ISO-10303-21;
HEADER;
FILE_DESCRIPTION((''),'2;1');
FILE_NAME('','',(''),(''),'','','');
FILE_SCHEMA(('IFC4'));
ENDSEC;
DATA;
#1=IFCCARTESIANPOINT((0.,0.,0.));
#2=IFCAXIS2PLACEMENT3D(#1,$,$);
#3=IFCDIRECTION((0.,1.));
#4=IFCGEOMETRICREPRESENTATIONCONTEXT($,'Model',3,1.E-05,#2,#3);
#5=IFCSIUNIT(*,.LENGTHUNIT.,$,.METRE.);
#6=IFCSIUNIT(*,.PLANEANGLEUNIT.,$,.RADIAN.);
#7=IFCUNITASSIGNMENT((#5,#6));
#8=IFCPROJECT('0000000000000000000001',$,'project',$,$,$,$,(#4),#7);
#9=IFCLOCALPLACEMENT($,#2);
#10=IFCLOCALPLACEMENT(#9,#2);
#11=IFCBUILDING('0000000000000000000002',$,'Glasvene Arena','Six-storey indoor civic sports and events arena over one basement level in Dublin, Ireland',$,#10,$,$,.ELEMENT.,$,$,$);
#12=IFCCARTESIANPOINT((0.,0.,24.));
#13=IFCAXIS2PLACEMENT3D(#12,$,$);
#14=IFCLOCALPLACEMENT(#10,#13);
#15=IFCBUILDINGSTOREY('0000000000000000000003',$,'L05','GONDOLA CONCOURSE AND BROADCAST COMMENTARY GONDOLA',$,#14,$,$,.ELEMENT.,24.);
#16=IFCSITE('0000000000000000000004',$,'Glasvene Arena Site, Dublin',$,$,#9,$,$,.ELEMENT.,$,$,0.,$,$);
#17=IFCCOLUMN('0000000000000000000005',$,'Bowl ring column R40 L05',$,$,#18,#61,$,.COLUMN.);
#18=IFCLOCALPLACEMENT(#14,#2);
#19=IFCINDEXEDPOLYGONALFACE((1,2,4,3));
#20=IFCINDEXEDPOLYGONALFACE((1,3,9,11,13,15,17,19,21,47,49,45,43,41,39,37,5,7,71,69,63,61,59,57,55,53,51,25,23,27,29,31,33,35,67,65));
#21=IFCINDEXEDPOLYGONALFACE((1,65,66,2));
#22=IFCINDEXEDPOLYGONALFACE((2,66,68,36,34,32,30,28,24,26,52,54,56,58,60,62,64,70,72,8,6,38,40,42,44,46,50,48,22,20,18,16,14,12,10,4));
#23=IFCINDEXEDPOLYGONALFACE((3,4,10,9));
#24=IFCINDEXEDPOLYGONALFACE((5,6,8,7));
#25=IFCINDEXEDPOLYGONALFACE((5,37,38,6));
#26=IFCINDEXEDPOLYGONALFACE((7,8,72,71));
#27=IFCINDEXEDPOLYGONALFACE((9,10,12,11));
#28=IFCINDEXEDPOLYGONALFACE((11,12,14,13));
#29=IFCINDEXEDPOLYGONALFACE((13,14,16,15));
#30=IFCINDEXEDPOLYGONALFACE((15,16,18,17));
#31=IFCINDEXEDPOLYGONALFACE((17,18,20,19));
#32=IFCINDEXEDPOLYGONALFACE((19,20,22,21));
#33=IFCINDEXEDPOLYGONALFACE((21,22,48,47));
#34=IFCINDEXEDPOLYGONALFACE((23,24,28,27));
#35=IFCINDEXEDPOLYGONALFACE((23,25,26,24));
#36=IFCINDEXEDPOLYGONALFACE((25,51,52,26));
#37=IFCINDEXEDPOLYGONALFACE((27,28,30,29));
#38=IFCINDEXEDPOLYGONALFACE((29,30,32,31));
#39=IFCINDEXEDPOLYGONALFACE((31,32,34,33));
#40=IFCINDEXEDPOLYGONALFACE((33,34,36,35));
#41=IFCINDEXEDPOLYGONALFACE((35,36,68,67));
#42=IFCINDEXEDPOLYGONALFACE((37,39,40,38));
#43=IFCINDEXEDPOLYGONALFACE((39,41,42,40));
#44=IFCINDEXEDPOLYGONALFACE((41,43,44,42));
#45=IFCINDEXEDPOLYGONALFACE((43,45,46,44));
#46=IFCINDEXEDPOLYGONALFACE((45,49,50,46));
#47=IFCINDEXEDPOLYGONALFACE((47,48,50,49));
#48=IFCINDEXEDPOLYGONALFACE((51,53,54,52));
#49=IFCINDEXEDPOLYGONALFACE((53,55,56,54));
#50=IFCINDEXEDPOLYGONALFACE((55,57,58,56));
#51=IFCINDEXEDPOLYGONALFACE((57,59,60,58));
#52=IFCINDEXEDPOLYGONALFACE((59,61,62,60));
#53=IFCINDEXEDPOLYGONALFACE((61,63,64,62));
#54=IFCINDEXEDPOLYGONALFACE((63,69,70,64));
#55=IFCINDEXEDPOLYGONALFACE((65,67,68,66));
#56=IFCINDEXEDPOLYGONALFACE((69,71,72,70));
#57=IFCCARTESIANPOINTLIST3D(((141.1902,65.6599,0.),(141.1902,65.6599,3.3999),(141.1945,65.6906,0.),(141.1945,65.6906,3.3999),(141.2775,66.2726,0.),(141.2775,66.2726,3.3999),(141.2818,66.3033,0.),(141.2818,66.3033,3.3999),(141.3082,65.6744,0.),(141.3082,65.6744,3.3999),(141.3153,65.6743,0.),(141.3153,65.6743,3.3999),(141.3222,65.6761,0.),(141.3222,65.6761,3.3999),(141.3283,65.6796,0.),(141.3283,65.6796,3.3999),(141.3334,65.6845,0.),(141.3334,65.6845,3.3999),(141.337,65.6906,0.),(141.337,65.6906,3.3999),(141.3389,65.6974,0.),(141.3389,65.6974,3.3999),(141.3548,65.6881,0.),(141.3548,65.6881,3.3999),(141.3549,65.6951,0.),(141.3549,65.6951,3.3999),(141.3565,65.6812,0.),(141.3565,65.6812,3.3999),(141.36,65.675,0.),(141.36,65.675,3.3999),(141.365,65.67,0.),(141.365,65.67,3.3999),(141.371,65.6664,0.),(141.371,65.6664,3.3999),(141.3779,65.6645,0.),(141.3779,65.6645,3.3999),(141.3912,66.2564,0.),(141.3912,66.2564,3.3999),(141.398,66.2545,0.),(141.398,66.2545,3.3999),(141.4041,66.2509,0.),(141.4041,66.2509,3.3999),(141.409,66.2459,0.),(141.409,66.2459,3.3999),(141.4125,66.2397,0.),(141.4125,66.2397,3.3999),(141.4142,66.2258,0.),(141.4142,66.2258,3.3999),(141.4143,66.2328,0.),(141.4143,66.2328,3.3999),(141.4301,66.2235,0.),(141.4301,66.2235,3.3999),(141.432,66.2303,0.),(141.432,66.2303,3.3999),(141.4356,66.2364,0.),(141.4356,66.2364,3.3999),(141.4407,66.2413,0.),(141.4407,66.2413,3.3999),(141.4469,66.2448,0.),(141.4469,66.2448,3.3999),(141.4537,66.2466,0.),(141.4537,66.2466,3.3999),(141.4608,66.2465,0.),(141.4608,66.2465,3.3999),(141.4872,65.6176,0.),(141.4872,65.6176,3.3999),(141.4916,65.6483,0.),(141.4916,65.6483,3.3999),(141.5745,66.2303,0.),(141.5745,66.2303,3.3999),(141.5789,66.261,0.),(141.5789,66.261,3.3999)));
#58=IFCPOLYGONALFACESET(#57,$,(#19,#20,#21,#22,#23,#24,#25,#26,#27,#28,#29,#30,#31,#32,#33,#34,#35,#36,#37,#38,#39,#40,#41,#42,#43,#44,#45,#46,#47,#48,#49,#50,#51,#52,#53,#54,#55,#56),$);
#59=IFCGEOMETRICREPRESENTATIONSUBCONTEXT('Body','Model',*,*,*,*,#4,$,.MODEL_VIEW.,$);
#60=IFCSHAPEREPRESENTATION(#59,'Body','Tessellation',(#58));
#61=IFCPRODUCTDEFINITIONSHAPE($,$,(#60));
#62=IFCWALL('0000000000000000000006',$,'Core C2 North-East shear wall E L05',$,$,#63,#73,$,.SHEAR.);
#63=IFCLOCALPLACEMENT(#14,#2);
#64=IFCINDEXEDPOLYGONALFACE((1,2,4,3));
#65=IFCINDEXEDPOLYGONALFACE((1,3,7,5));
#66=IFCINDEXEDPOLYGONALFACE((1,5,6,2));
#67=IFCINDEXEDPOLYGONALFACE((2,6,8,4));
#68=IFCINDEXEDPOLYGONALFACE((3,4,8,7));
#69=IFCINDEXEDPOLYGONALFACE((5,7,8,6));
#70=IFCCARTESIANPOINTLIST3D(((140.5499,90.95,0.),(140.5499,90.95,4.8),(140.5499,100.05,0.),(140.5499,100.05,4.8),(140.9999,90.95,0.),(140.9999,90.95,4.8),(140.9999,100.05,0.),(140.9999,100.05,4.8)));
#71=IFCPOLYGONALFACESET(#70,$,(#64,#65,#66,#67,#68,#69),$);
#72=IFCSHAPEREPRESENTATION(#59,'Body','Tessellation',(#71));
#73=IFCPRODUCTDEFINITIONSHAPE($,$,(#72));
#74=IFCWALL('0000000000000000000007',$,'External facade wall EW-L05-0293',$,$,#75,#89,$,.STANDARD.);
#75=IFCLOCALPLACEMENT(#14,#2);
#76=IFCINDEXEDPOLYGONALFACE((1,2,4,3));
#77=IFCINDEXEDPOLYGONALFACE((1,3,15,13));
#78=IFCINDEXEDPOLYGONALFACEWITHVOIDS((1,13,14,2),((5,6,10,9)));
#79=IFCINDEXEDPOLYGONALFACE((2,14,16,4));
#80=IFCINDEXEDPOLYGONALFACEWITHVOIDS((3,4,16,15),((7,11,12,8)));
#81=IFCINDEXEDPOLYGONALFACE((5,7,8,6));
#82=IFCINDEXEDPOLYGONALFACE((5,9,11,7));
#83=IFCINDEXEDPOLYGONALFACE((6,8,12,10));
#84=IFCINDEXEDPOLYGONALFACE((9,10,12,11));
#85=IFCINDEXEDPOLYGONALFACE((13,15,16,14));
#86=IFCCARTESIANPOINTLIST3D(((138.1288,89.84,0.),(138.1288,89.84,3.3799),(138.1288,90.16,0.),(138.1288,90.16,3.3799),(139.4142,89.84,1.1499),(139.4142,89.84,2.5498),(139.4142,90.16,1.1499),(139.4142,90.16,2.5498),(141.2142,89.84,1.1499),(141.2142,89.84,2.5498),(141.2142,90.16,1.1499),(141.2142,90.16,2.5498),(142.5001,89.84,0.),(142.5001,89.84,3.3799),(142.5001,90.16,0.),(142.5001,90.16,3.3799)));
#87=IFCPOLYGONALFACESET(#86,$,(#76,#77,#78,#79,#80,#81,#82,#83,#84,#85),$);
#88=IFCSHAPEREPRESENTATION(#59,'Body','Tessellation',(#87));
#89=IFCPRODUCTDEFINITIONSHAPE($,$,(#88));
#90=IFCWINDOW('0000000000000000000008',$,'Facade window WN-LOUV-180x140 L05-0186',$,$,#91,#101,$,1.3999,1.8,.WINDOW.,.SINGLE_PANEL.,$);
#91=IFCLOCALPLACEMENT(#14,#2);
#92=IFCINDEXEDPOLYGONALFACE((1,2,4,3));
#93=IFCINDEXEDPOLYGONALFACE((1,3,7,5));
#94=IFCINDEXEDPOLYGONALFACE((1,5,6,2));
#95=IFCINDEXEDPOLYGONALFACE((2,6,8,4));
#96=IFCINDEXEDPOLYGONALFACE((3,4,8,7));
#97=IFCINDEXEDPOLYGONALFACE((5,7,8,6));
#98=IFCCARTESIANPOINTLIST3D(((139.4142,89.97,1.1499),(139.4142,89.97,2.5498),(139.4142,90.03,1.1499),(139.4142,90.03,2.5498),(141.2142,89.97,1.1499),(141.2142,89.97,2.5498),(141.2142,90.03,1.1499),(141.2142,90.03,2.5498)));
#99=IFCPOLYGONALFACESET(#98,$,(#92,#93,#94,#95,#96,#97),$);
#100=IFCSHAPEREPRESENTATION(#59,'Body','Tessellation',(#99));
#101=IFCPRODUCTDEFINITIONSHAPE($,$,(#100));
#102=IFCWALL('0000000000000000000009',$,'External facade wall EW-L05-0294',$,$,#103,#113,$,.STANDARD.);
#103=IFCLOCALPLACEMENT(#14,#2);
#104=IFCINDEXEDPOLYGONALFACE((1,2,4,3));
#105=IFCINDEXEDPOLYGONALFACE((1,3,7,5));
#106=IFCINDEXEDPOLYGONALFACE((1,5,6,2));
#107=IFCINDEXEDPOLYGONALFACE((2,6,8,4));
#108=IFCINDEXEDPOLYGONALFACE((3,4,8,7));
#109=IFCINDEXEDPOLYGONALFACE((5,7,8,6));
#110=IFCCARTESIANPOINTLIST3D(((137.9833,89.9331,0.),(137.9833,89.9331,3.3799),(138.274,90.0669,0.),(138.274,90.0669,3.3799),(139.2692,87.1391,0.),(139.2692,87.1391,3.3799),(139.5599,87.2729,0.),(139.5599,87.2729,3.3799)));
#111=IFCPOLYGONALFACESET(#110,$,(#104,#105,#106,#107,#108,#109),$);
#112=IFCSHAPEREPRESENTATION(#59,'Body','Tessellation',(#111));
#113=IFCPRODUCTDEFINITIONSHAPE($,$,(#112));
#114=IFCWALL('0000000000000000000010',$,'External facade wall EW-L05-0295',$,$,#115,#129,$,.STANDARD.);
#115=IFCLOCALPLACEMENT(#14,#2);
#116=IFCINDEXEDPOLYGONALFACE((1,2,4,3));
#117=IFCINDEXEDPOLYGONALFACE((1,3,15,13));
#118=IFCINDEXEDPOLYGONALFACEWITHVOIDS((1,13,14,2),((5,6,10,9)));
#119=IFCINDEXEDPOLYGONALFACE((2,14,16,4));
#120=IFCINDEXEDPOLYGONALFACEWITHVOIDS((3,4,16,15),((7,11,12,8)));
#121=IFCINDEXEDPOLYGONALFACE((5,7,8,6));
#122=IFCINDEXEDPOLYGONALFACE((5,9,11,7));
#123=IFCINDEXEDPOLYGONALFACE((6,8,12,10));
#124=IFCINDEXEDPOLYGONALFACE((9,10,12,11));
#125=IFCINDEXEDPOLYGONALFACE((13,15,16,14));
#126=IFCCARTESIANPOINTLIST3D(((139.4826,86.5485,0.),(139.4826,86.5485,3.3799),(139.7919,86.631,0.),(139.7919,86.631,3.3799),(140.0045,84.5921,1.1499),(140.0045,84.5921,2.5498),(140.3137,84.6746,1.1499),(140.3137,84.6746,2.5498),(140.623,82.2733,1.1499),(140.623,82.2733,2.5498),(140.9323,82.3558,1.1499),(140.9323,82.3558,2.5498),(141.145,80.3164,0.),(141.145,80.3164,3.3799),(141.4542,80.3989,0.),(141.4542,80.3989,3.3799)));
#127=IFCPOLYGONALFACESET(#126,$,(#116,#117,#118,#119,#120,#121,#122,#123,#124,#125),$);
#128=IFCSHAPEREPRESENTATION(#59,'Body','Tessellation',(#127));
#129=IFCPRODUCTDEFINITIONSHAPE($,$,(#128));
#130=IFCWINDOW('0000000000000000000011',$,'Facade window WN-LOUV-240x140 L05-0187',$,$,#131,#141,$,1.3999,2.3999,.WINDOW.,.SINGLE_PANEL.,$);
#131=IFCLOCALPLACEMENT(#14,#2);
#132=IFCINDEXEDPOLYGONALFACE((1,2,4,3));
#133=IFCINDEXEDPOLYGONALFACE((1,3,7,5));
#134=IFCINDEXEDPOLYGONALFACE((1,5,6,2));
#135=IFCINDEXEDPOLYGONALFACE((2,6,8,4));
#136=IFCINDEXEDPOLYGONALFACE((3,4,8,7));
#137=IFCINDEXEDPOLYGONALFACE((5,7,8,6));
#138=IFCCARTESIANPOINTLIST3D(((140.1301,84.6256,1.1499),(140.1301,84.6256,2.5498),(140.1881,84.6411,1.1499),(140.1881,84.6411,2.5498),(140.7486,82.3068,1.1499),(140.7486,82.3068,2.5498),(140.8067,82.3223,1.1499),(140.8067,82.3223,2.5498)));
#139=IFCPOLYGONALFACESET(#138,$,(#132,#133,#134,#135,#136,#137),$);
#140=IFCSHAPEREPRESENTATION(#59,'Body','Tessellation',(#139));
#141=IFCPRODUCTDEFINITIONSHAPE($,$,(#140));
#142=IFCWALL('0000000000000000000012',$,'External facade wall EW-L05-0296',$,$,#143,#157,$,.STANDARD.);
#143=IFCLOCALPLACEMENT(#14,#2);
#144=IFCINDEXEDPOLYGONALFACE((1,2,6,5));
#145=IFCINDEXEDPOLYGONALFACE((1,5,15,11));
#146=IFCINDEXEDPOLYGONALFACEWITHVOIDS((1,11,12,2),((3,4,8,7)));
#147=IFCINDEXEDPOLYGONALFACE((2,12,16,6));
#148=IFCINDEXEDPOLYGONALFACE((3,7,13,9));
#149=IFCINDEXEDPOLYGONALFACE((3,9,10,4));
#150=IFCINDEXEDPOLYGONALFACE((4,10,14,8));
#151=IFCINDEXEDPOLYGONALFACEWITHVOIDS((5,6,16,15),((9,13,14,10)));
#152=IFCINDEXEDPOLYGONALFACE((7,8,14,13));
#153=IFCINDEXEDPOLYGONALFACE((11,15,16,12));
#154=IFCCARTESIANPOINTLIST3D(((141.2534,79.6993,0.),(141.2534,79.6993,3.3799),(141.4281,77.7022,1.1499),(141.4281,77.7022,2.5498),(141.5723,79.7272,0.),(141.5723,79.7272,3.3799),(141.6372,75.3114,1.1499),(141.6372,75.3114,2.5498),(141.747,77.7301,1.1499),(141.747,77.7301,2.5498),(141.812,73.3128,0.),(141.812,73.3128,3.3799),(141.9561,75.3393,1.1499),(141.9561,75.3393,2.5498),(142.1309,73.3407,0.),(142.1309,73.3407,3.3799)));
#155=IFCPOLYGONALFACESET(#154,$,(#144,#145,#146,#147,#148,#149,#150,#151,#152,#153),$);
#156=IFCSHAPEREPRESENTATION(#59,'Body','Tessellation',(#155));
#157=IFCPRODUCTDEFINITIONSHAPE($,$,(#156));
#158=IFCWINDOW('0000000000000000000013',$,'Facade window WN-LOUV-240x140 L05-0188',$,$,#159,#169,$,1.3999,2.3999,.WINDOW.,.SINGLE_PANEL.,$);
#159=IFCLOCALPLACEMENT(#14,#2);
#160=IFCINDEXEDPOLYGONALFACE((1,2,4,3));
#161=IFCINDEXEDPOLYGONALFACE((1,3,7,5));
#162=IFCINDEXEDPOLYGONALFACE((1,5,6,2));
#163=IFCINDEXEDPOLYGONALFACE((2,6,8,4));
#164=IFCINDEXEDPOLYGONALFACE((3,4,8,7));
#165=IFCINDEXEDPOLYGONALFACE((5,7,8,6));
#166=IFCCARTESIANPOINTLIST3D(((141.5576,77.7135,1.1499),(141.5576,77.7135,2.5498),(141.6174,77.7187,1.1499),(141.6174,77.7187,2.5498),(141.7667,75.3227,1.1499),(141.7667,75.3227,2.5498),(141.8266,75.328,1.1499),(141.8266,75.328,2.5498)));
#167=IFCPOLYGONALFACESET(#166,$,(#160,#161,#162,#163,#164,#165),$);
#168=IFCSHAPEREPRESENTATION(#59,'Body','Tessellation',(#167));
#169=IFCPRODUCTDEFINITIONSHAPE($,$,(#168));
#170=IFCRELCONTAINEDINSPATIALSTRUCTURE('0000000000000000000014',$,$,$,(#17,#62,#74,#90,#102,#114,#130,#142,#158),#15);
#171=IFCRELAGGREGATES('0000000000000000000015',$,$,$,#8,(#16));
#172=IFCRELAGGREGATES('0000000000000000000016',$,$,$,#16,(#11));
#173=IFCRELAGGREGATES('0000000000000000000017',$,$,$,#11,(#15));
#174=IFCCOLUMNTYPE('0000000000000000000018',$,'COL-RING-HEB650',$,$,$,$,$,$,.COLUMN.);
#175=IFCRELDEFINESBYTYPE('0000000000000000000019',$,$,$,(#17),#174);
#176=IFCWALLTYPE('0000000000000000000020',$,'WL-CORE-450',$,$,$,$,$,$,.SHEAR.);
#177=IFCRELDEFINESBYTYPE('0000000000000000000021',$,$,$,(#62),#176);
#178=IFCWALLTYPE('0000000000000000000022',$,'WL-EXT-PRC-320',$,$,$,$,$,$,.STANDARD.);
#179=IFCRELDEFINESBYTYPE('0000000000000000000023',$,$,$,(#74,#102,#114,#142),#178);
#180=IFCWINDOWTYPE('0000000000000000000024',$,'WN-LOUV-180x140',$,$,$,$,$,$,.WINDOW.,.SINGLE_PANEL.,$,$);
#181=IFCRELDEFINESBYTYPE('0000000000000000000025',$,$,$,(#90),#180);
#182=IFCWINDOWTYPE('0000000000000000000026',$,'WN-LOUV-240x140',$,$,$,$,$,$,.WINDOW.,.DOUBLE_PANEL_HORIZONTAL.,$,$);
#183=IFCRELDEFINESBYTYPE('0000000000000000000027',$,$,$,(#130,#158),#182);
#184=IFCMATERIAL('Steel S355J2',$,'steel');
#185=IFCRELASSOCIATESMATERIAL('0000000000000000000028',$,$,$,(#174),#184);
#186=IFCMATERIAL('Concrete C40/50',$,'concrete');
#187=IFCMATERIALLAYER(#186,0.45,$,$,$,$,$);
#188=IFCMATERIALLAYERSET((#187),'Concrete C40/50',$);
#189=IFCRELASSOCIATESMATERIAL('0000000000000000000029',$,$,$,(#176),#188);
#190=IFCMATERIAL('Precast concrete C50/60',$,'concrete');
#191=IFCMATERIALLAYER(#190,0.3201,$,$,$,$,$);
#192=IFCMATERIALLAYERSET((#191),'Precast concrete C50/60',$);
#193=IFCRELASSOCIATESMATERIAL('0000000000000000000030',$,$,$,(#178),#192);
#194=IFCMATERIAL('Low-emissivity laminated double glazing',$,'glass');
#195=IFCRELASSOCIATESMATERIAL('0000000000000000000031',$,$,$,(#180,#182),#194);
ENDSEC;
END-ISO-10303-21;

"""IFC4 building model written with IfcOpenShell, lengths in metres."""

from ifc_helpers import new_model, si_unit, direction, frame, frame_2d, origin, origin_2d, place, context, subcontext, project, spatial, rectangle, i_section, extrude, material, layer, layer_set, material_profile, profile_set, type_object, element, fill, save


model = new_model("IFC4")

# Units and contexts
model_context = context("Model", 3, precision=1e-05, world=origin(), true_north=direction((0.0, 1.0)))
body_context = subcontext(model_context, "Body", "Model", "MODEL_VIEW")
ifc_project = project(units=[si_unit("LENGTHUNIT", "METRE"), si_unit("PLANEANGLEUNIT", "RADIAN")], contexts=[model_context])

# Site, building, storey
site_placement = place(None, origin())
site = spatial("IfcSite", under=ifc_project, at=site_placement, Name="Glasvene Arena Site, Dublin", CompositionType="ELEMENT", RefElevation=0.0)
building_placement = place(site_placement, origin())
building = spatial("IfcBuilding", under=site, at=building_placement, Name="Glasvene Arena", Description="Six-storey indoor civic sports and events arena over one basement level in Dublin, Ireland", CompositionType="ELEMENT")
storey_placement = place(building_placement, frame((0.0, 0.0, 24.0)))
storey = spatial("IfcBuildingStorey", under=building, at=storey_placement, Name="L05", Description="GONDOLA CONCOURSE AND BROADCAST COMMENTARY GONDOLA", CompositionType="ELEMENT", Elevation=24.0)

# Column
ifc_material_1 = material(Name="Steel S355J2", Category="steel")
ifc_material_profile = material_profile(ifc_material_1, i_section(OverallWidth=0.3, OverallDepth=0.6499, WebThickness=0.0161, FlangeThickness=0.031, FilletRadius=0.0271, at=origin_2d()), Name="HEB 650")
ifc_profile_set = profile_set([ifc_material_profile], Name="Steel S355J2")
column_type = type_object("IfcColumnType", Name="COL-RING-HEB650", PredefinedType="COLUMN", material=ifc_profile_set)
for number, where, z_axis, x_axis, name in (
    (1, (141.3845, 65.9604, 0.0), (0.0, 0.0, 1.0), (0.989999, -0.141074, 0.0), "Bowl ring column R40 L05"),
):
    element("IfcColumn", number, at=place(storey_placement, frame(where, z_axis=z_axis, x_axis=x_axis)), inside=storey, type_object=column_type, Name=name, PredefinedType="COLUMN", context=body_context, shape_type="SweptSolid", body=[
        extrude(i_section(OverallWidth=0.3, OverallDepth=0.6499, WebThickness=0.0161, FlangeThickness=0.031, FilletRadius=0.0271, at=origin_2d()), origin(), (0.0, 0.0, 1.0), 3.3999),
    ])

# Shared definitions
ifc_material_2 = material(Name="Concrete C40/50", Category="concrete")

# Wall
ifc_layer_1 = layer(ifc_material_2, 0.45)
ifc_layer_set_1 = layer_set([ifc_layer_1], Name="Concrete C40/50")
wall_type_1 = type_object("IfcWallType", Name="WL-CORE-450", PredefinedType="SHEAR", material=ifc_layer_set_1)
wall_1_placement = place(storey_placement, frame((140.7749, 90.95, 0.0), z_axis=(0.0, 0.0, 1.0), x_axis=(0.0, 1.0, 0.0)))
element("IfcWall", 2, at=wall_1_placement, inside=storey, type_object=wall_type_1, Name="Core C2 North-East shear wall E L05", PredefinedType="SHEAR", context=body_context, shape_type="SweptSolid", body=[
    extrude(rectangle(XDim=9.1001, YDim=0.45, at=frame_2d((4.55, 0.0))), origin(), (0.0, 0.0, 1.0), 4.8),
])

# Wall, opening, window
ifc_material_3 = material(Name="Precast concrete C50/60", Category="concrete")
ifc_layer_2 = layer(ifc_material_3, 0.3201)
ifc_layer_set_2 = layer_set([ifc_layer_2], Name="Precast concrete C50/60")
wall_type_2 = type_object("IfcWallType", Name="WL-EXT-PRC-320", PredefinedType="STANDARD", material=ifc_layer_set_2)
wall_2_placement = place(storey_placement, frame((142.5, 90.0, 0.0), z_axis=(0.0, 0.0, 1.0), x_axis=(-1.0, 0.0, 0.0)))
wall_2 = element("IfcWall", 3, at=wall_2_placement, inside=storey, type_object=wall_type_2, Name="External facade wall EW-L05-0293", PredefinedType="STANDARD", context=body_context, shape_type="SweptSolid", body=[
    extrude(rectangle(XDim=4.3713, YDim=0.3201, at=frame_2d((2.1855, 0.0))), origin(), (0.0, 0.0, 1.0), 3.3799),
])
opening_1_placement = place(wall_2_placement, frame((1.2859, 0.0, 1.1499)))
opening_1 = element("IfcOpeningElement", 4, at=opening_1_placement, cuts=wall_2, PredefinedType="OPENING", context=body_context, shape_type="SweptSolid", body=[
    extrude(rectangle(XDim=1.8, YDim=1.3999, at=frame_2d((0.8999, 0.7))), frame((0.0, 0.1699, 0.0), z_axis=(0.0, -1.0, 0.0), x_axis=(1.0, 0.0, 0.0)), (0.0, 0.0, 1.0), 0.3401),
])
ifc_material_4 = material(Name="Low-emissivity laminated double glazing", Category="glass")
window_type_1 = type_object("IfcWindowType", Name="WN-LOUV-180x140", PartitioningType="SINGLE_PANEL", PredefinedType="WINDOW", material=ifc_material_4)
window_1_placement = place(opening_1_placement, origin())
window_1 = element("IfcWindow", 5, at=window_1_placement, inside=storey, type_object=window_type_1, Name="Facade window WN-LOUV-180x140 L05-0186", OverallHeight=1.3999, OverallWidth=1.8, PartitioningType="SINGLE_PANEL", PredefinedType="WINDOW", context=body_context, shape_type="SweptSolid", body=[
    extrude(rectangle(XDim=1.8, YDim=1.3999, at=frame_2d((0.8999, 0.7))), frame((0.0, 0.03, 0.0), z_axis=(0.0, -1.0, 0.0), x_axis=(1.0, 0.0, 0.0)), (0.0, 0.0, 1.0), 0.0601),
])
fill(opening_1, window_1)

# Wall
wall_3_placement = place(storey_placement, frame((138.1287, 90.0, 0.0), z_axis=(0.0, 0.0, 1.0), x_axis=(0.418086, -0.908407, 0.0)))
element("IfcWall", 6, at=wall_3_placement, inside=storey, type_object=wall_type_2, Name="External facade wall EW-L05-0294", PredefinedType="STANDARD", context=body_context, shape_type="SweptSolid", body=[
    extrude(rectangle(XDim=3.0757, YDim=0.3201, at=frame_2d((1.5378, 0.0))), origin(), (0.0, 0.0, 1.0), 3.3799),
])

# Walls, openings, windows
wall_4_placement = place(storey_placement, frame((139.6372, 86.5898, 0.0), z_axis=(0.0, 0.0, 1.0), x_axis=(0.257736, -0.966215, 0.0)))
wall_4 = element("IfcWall", 7, at=wall_4_placement, inside=storey, type_object=wall_type_2, Name="External facade wall EW-L05-0295", PredefinedType="STANDARD", context=body_context, shape_type="SweptSolid", body=[
    extrude(rectangle(XDim=6.45, YDim=0.3201, at=frame_2d((3.2251, 0.0))), origin(), (0.0, 0.0, 1.0), 3.3799),
])
opening_2_placement = place(wall_4_placement, frame((2.0249, 0.0, 1.1499)))
opening_2 = element("IfcOpeningElement", 8, at=opening_2_placement, cuts=wall_4, PredefinedType="OPENING", context=body_context, shape_type="SweptSolid", body=[
    extrude(rectangle(XDim=2.3999, YDim=1.3999, at=frame_2d((1.2, 0.7))), frame((0.0, 0.1699, 0.0), z_axis=(0.0, -1.0, 0.0), x_axis=(1.0, 0.0, 0.0)), (0.0, 0.0, 1.0), 0.3401),
])
window_type_2 = type_object("IfcWindowType", Name="WN-LOUV-240x140", PartitioningType="DOUBLE_PANEL_HORIZONTAL", PredefinedType="WINDOW", material=ifc_material_4)
window_2_placement = place(opening_2_placement, origin())
window_2 = element("IfcWindow", 9, at=window_2_placement, inside=storey, type_object=window_type_2, Name="Facade window WN-LOUV-240x140 L05-0187", OverallHeight=1.3999, OverallWidth=2.3999, PartitioningType="SINGLE_PANEL", PredefinedType="WINDOW", context=body_context, shape_type="SweptSolid", body=[
    extrude(rectangle(XDim=2.3999, YDim=1.3999, at=frame_2d((1.2, 0.7))), frame((0.0, 0.03, 0.0), z_axis=(0.0, -1.0, 0.0), x_axis=(1.0, 0.0, 0.0)), (0.0, 0.0, 1.0), 0.0601),
])
fill(opening_2, window_2)
wall_5_placement = place(storey_placement, frame((141.4128, 79.7134, 0.0), z_axis=(0.0, 0.0, 1.0), x_axis=(0.087132, -0.996197, 0.0)))
wall_5 = element("IfcWall", 10, at=wall_5_placement, inside=storey, type_object=wall_type_2, Name="External facade wall EW-L05-0296", PredefinedType="STANDARD", context=body_context, shape_type="SweptSolid", body=[
    extrude(rectangle(XDim=6.4109, YDim=0.3201, at=frame_2d((3.2056, 0.0))), origin(), (0.0, 0.0, 1.0), 3.3799),
])
opening_3_placement = place(wall_5_placement, frame((2.0049, 0.0, 1.1499)))
opening_3 = element("IfcOpeningElement", 11, at=opening_3_placement, cuts=wall_5, PredefinedType="OPENING", context=body_context, shape_type="SweptSolid", body=[
    extrude(rectangle(XDim=2.3999, YDim=1.3999, at=frame_2d((1.2, 0.7))), frame((0.0, 0.1699, 0.0), z_axis=(0.0, -1.0, 0.0), x_axis=(1.0, 0.0, 0.0)), (0.0, 0.0, 1.0), 0.3401),
])
window_3_placement = place(opening_3_placement, origin())
window_3 = element("IfcWindow", 12, at=window_3_placement, inside=storey, type_object=window_type_2, Name="Facade window WN-LOUV-240x140 L05-0188", OverallHeight=1.3999, OverallWidth=2.3999, PartitioningType="SINGLE_PANEL", PredefinedType="WINDOW", context=body_context, shape_type="SweptSolid", body=[
    extrude(rectangle(XDim=2.3999, YDim=1.3999, at=frame_2d((1.2, 0.7))), frame((0.0, 0.03, 0.0), z_axis=(0.0, -1.0, 0.0), x_axis=(1.0, 0.0, 0.0)), (0.0, 0.0, 1.0), 0.0601),
])
fill(opening_3, window_3)

save(model, "model.ifc")
